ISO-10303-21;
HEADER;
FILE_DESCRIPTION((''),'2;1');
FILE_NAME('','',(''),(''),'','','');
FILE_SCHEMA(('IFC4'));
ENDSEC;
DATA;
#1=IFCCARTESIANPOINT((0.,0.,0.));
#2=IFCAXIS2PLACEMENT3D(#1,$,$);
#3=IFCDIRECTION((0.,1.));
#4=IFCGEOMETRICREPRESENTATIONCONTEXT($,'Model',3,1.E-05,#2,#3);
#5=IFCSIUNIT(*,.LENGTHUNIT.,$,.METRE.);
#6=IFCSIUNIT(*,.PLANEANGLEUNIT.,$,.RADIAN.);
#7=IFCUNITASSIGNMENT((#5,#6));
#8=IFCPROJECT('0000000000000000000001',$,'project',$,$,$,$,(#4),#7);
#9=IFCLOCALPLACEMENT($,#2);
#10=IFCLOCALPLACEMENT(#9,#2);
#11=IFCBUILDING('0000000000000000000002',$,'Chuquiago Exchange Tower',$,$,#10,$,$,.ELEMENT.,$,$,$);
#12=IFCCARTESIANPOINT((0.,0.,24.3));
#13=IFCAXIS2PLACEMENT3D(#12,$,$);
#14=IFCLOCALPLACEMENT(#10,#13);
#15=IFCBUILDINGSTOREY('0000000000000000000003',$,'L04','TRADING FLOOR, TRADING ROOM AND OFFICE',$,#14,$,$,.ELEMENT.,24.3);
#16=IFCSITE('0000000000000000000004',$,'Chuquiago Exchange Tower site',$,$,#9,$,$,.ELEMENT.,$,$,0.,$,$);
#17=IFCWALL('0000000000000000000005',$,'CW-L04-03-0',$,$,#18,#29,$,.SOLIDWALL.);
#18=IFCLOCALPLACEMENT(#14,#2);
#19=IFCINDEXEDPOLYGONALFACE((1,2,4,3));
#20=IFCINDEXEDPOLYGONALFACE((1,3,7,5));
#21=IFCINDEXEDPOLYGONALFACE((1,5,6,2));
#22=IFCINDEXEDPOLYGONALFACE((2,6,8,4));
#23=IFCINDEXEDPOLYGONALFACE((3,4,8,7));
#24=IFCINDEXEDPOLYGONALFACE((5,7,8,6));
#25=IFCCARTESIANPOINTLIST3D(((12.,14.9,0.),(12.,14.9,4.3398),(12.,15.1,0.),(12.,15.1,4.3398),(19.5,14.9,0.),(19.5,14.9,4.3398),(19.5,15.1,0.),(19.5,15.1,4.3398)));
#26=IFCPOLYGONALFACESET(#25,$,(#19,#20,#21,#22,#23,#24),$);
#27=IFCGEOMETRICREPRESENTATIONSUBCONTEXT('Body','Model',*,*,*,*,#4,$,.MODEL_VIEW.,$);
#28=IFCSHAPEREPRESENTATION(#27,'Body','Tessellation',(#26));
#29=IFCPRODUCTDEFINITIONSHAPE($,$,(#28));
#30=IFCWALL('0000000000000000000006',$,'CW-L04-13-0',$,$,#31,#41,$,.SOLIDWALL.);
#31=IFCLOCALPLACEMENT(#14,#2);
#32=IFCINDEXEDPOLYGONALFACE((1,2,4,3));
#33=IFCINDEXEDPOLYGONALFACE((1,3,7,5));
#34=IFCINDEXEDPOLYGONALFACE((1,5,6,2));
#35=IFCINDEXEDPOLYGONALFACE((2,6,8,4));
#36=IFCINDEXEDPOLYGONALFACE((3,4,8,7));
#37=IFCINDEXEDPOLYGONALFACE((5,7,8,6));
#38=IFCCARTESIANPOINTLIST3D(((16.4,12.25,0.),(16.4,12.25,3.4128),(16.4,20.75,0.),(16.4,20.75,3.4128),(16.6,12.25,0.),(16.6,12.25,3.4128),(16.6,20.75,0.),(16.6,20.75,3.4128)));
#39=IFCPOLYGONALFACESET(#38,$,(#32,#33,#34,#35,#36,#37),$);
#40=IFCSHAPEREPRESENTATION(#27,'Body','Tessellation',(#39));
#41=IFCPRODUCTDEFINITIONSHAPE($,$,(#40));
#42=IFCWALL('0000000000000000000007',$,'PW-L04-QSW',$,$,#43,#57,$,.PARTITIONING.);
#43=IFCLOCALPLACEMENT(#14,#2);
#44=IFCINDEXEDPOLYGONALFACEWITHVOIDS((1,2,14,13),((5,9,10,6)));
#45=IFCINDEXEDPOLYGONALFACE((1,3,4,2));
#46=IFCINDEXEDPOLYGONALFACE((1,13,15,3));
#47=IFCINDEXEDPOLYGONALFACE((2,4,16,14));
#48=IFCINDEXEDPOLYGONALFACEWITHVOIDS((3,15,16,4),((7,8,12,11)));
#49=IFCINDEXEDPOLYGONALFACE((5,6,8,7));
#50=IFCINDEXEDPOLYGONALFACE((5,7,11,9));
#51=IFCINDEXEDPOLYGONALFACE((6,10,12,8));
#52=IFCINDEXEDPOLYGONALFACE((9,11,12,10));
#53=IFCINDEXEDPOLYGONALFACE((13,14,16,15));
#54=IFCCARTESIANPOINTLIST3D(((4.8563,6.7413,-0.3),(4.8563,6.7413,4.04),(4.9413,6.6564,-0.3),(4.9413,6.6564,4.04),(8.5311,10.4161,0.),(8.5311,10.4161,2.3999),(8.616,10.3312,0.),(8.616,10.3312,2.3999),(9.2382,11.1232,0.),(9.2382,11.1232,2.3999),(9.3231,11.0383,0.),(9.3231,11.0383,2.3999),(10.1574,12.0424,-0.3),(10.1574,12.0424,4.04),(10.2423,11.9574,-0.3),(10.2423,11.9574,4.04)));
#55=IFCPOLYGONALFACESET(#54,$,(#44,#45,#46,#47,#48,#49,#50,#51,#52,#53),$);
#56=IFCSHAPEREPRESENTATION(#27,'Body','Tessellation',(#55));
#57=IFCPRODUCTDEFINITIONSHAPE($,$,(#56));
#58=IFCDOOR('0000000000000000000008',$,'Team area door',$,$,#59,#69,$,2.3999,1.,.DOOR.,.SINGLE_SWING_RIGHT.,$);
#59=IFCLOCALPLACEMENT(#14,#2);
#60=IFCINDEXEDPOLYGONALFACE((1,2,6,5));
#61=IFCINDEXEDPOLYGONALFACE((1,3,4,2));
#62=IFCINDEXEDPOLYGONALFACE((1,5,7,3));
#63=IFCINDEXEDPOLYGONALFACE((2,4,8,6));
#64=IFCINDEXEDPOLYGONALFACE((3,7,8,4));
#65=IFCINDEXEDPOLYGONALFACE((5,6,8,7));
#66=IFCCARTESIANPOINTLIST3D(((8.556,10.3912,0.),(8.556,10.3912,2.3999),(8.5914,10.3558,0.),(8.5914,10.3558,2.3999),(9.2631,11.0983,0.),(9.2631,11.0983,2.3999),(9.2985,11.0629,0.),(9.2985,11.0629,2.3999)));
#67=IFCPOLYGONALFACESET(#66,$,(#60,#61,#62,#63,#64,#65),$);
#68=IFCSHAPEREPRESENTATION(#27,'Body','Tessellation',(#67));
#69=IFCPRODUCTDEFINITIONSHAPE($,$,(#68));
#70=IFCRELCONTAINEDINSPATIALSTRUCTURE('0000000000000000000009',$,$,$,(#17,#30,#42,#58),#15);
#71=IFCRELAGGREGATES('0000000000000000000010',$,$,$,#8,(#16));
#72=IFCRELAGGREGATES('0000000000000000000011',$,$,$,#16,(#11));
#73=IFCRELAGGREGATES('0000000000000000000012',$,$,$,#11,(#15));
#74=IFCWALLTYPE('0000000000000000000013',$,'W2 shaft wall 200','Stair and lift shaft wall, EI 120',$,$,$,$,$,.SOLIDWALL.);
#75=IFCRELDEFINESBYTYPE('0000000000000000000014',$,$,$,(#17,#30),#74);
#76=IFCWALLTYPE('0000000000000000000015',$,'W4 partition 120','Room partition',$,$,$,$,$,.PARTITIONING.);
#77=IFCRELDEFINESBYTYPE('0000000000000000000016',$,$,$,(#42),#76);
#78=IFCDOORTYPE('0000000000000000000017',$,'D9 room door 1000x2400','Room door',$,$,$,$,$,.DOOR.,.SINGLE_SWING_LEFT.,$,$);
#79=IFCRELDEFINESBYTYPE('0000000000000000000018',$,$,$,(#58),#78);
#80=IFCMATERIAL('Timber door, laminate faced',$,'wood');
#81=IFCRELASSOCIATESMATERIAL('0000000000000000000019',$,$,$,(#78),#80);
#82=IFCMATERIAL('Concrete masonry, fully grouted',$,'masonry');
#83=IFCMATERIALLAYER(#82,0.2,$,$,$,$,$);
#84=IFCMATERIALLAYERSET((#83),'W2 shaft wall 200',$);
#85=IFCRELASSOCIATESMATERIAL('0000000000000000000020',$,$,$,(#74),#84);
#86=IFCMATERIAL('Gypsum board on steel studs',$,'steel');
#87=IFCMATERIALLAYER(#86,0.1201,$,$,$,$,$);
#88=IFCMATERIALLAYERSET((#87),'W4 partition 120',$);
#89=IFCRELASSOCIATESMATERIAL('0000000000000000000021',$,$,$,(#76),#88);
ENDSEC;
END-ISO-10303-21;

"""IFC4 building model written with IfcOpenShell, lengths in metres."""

from ifc_helpers import new_model, si_unit, direction, frame, frame_2d, origin, place, context, subcontext, project, spatial, rectangle, extrude, material, layer, layer_set, type_object, element, fill, save


model = new_model("IFC4")

# Units and contexts
model_context = context("Model", 3, precision=1e-05, world=origin(), true_north=direction((0.0, 1.0)))
body_context = subcontext(model_context, "Body", "Model", "MODEL_VIEW")
ifc_project = project(units=[si_unit("LENGTHUNIT", "METRE"), si_unit("PLANEANGLEUNIT", "RADIAN")], contexts=[model_context])

# Site, building, storey
site_placement = place(None, origin())
site = spatial("IfcSite", under=ifc_project, at=site_placement, Name="Chuquiago Exchange Tower site", CompositionType="ELEMENT", RefElevation=0.0)
building_placement = place(site_placement, origin())
building = spatial("IfcBuilding", under=site, at=building_placement, Name="Chuquiago Exchange Tower", CompositionType="ELEMENT")
storey_placement = place(building_placement, frame((0.0, 0.0, 24.3)))
storey = spatial("IfcBuildingStorey", under=building, at=storey_placement, Name="L04", Description="TRADING FLOOR, TRADING ROOM AND OFFICE", CompositionType="ELEMENT", Elevation=24.3)

# Shared definitions
ifc_material_1 = material(Name="Timber door, laminate faced", Category="wood")
door_type_1 = type_object("IfcDoorType", Name="D9 room door 1000x2400", Description="Room door", OperationType="SINGLE_SWING_LEFT", PredefinedType="DOOR", material=ifc_material_1)

# Walls
ifc_material_2 = material(Name="Concrete masonry, fully grouted", Category="masonry")
ifc_layer_1 = layer(ifc_material_2, 0.2)
ifc_layer_set_1 = layer_set([ifc_layer_1], Name="W2 shaft wall 200")
wall_type_1 = type_object("IfcWallType", Name="W2 shaft wall 200", Description="Stair and lift shaft wall, EI 120", PredefinedType="SOLIDWALL", material=ifc_layer_set_1)
wall_1_placement = place(storey_placement, frame((12.0, 15.0, 0.0), z_axis=(0.0, 0.0, 1.0), x_axis=(1.0, 0.0, 0.0)))
element("IfcWall", 1, at=wall_1_placement, inside=storey, type_object=wall_type_1, Name="CW-L04-03-0", PredefinedType="SOLIDWALL", context=body_context, shape_type="SweptSolid", body=[
    extrude(rectangle(XDim=7.5, YDim=0.2, at=frame_2d((3.75, 0.0))), origin(), (0.0, 0.0, 1.0), 4.3398),
])
wall_2_placement = place(storey_placement, frame((16.5, 12.25, 0.0), z_axis=(0.0, 0.0, 1.0), x_axis=(0.0, 1.0, 0.0)))
element("IfcWall", 2, at=wall_2_placement, inside=storey, type_object=wall_type_1, Name="CW-L04-13-0", PredefinedType="SOLIDWALL", context=body_context, shape_type="SweptSolid", body=[
    extrude(rectangle(XDim=8.5, YDim=0.2, at=frame_2d((4.25, 0.0))), origin(), (0.0, 0.0, 1.0), 3.4128),
])

# Wall, opening, door
ifc_material_3 = material(Name="Gypsum board on steel studs", Category="steel")
ifc_layer_2 = layer(ifc_material_3, 0.1201)
ifc_layer_set_2 = layer_set([ifc_layer_2], Name="W4 partition 120")
wall_type_2 = type_object("IfcWallType", Name="W4 partition 120", Description="Room partition", PredefinedType="PARTITIONING", material=ifc_layer_set_2)
wall_3_placement = place(storey_placement, frame((10.2, 12.0, -0.3), z_axis=(0.0, 0.0, 1.0), x_axis=(-0.707107, -0.707107, 0.0)))
wall_3 = element("IfcWall", 3, at=wall_3_placement, inside=storey, type_object=wall_type_2, Name="PW-L04-QSW", PredefinedType="PARTITIONING", context=body_context, shape_type="SweptSolid", body=[
    extrude(rectangle(XDim=7.4968, YDim=0.1201, at=frame_2d((3.7485, 0.0))), origin(), (0.0, 0.0, 1.0), 4.3401),
])
opening_1_placement = place(wall_3_placement, frame((1.3, 0.0, 0.3)))
opening_1 = element("IfcOpeningElement", 4, at=opening_1_placement, cuts=wall_3, PredefinedType="OPENING", context=body_context, shape_type="SweptSolid", body=[
    extrude(rectangle(XDim=1.0, YDim=2.3999, at=frame_2d((0.5, 1.2))), frame((0.0, 0.0701, 0.0), z_axis=(0.0, -1.0, 0.0), x_axis=(1.0, 0.0, 0.0)), (0.0, 0.0, 1.0), 0.1401),
])
door_1_placement = place(opening_1_placement, frame((1.0, 0.0, 0.0), z_axis=(0.0, 0.0, 1.0), x_axis=(-1.0, 0.0, 0.0)))
door_1 = element("IfcDoor", 5, at=door_1_placement, inside=storey, type_object=door_type_1, Name="Team area door", OperationType="SINGLE_SWING_RIGHT", OverallHeight=2.3999, OverallWidth=1.0, PredefinedType="DOOR", context=body_context, shape_type="SweptSolid", body=[
    extrude(rectangle(XDim=1.0, YDim=2.3999, at=frame_2d((0.5, 1.2))), frame((0.0, 0.0249, 0.0), z_axis=(0.0, -1.0, 0.0), x_axis=(1.0, 0.0, 0.0)), (0.0, 0.0, 1.0), 0.05),
])
fill(opening_1, door_1)

save(model, "model.ifc")
